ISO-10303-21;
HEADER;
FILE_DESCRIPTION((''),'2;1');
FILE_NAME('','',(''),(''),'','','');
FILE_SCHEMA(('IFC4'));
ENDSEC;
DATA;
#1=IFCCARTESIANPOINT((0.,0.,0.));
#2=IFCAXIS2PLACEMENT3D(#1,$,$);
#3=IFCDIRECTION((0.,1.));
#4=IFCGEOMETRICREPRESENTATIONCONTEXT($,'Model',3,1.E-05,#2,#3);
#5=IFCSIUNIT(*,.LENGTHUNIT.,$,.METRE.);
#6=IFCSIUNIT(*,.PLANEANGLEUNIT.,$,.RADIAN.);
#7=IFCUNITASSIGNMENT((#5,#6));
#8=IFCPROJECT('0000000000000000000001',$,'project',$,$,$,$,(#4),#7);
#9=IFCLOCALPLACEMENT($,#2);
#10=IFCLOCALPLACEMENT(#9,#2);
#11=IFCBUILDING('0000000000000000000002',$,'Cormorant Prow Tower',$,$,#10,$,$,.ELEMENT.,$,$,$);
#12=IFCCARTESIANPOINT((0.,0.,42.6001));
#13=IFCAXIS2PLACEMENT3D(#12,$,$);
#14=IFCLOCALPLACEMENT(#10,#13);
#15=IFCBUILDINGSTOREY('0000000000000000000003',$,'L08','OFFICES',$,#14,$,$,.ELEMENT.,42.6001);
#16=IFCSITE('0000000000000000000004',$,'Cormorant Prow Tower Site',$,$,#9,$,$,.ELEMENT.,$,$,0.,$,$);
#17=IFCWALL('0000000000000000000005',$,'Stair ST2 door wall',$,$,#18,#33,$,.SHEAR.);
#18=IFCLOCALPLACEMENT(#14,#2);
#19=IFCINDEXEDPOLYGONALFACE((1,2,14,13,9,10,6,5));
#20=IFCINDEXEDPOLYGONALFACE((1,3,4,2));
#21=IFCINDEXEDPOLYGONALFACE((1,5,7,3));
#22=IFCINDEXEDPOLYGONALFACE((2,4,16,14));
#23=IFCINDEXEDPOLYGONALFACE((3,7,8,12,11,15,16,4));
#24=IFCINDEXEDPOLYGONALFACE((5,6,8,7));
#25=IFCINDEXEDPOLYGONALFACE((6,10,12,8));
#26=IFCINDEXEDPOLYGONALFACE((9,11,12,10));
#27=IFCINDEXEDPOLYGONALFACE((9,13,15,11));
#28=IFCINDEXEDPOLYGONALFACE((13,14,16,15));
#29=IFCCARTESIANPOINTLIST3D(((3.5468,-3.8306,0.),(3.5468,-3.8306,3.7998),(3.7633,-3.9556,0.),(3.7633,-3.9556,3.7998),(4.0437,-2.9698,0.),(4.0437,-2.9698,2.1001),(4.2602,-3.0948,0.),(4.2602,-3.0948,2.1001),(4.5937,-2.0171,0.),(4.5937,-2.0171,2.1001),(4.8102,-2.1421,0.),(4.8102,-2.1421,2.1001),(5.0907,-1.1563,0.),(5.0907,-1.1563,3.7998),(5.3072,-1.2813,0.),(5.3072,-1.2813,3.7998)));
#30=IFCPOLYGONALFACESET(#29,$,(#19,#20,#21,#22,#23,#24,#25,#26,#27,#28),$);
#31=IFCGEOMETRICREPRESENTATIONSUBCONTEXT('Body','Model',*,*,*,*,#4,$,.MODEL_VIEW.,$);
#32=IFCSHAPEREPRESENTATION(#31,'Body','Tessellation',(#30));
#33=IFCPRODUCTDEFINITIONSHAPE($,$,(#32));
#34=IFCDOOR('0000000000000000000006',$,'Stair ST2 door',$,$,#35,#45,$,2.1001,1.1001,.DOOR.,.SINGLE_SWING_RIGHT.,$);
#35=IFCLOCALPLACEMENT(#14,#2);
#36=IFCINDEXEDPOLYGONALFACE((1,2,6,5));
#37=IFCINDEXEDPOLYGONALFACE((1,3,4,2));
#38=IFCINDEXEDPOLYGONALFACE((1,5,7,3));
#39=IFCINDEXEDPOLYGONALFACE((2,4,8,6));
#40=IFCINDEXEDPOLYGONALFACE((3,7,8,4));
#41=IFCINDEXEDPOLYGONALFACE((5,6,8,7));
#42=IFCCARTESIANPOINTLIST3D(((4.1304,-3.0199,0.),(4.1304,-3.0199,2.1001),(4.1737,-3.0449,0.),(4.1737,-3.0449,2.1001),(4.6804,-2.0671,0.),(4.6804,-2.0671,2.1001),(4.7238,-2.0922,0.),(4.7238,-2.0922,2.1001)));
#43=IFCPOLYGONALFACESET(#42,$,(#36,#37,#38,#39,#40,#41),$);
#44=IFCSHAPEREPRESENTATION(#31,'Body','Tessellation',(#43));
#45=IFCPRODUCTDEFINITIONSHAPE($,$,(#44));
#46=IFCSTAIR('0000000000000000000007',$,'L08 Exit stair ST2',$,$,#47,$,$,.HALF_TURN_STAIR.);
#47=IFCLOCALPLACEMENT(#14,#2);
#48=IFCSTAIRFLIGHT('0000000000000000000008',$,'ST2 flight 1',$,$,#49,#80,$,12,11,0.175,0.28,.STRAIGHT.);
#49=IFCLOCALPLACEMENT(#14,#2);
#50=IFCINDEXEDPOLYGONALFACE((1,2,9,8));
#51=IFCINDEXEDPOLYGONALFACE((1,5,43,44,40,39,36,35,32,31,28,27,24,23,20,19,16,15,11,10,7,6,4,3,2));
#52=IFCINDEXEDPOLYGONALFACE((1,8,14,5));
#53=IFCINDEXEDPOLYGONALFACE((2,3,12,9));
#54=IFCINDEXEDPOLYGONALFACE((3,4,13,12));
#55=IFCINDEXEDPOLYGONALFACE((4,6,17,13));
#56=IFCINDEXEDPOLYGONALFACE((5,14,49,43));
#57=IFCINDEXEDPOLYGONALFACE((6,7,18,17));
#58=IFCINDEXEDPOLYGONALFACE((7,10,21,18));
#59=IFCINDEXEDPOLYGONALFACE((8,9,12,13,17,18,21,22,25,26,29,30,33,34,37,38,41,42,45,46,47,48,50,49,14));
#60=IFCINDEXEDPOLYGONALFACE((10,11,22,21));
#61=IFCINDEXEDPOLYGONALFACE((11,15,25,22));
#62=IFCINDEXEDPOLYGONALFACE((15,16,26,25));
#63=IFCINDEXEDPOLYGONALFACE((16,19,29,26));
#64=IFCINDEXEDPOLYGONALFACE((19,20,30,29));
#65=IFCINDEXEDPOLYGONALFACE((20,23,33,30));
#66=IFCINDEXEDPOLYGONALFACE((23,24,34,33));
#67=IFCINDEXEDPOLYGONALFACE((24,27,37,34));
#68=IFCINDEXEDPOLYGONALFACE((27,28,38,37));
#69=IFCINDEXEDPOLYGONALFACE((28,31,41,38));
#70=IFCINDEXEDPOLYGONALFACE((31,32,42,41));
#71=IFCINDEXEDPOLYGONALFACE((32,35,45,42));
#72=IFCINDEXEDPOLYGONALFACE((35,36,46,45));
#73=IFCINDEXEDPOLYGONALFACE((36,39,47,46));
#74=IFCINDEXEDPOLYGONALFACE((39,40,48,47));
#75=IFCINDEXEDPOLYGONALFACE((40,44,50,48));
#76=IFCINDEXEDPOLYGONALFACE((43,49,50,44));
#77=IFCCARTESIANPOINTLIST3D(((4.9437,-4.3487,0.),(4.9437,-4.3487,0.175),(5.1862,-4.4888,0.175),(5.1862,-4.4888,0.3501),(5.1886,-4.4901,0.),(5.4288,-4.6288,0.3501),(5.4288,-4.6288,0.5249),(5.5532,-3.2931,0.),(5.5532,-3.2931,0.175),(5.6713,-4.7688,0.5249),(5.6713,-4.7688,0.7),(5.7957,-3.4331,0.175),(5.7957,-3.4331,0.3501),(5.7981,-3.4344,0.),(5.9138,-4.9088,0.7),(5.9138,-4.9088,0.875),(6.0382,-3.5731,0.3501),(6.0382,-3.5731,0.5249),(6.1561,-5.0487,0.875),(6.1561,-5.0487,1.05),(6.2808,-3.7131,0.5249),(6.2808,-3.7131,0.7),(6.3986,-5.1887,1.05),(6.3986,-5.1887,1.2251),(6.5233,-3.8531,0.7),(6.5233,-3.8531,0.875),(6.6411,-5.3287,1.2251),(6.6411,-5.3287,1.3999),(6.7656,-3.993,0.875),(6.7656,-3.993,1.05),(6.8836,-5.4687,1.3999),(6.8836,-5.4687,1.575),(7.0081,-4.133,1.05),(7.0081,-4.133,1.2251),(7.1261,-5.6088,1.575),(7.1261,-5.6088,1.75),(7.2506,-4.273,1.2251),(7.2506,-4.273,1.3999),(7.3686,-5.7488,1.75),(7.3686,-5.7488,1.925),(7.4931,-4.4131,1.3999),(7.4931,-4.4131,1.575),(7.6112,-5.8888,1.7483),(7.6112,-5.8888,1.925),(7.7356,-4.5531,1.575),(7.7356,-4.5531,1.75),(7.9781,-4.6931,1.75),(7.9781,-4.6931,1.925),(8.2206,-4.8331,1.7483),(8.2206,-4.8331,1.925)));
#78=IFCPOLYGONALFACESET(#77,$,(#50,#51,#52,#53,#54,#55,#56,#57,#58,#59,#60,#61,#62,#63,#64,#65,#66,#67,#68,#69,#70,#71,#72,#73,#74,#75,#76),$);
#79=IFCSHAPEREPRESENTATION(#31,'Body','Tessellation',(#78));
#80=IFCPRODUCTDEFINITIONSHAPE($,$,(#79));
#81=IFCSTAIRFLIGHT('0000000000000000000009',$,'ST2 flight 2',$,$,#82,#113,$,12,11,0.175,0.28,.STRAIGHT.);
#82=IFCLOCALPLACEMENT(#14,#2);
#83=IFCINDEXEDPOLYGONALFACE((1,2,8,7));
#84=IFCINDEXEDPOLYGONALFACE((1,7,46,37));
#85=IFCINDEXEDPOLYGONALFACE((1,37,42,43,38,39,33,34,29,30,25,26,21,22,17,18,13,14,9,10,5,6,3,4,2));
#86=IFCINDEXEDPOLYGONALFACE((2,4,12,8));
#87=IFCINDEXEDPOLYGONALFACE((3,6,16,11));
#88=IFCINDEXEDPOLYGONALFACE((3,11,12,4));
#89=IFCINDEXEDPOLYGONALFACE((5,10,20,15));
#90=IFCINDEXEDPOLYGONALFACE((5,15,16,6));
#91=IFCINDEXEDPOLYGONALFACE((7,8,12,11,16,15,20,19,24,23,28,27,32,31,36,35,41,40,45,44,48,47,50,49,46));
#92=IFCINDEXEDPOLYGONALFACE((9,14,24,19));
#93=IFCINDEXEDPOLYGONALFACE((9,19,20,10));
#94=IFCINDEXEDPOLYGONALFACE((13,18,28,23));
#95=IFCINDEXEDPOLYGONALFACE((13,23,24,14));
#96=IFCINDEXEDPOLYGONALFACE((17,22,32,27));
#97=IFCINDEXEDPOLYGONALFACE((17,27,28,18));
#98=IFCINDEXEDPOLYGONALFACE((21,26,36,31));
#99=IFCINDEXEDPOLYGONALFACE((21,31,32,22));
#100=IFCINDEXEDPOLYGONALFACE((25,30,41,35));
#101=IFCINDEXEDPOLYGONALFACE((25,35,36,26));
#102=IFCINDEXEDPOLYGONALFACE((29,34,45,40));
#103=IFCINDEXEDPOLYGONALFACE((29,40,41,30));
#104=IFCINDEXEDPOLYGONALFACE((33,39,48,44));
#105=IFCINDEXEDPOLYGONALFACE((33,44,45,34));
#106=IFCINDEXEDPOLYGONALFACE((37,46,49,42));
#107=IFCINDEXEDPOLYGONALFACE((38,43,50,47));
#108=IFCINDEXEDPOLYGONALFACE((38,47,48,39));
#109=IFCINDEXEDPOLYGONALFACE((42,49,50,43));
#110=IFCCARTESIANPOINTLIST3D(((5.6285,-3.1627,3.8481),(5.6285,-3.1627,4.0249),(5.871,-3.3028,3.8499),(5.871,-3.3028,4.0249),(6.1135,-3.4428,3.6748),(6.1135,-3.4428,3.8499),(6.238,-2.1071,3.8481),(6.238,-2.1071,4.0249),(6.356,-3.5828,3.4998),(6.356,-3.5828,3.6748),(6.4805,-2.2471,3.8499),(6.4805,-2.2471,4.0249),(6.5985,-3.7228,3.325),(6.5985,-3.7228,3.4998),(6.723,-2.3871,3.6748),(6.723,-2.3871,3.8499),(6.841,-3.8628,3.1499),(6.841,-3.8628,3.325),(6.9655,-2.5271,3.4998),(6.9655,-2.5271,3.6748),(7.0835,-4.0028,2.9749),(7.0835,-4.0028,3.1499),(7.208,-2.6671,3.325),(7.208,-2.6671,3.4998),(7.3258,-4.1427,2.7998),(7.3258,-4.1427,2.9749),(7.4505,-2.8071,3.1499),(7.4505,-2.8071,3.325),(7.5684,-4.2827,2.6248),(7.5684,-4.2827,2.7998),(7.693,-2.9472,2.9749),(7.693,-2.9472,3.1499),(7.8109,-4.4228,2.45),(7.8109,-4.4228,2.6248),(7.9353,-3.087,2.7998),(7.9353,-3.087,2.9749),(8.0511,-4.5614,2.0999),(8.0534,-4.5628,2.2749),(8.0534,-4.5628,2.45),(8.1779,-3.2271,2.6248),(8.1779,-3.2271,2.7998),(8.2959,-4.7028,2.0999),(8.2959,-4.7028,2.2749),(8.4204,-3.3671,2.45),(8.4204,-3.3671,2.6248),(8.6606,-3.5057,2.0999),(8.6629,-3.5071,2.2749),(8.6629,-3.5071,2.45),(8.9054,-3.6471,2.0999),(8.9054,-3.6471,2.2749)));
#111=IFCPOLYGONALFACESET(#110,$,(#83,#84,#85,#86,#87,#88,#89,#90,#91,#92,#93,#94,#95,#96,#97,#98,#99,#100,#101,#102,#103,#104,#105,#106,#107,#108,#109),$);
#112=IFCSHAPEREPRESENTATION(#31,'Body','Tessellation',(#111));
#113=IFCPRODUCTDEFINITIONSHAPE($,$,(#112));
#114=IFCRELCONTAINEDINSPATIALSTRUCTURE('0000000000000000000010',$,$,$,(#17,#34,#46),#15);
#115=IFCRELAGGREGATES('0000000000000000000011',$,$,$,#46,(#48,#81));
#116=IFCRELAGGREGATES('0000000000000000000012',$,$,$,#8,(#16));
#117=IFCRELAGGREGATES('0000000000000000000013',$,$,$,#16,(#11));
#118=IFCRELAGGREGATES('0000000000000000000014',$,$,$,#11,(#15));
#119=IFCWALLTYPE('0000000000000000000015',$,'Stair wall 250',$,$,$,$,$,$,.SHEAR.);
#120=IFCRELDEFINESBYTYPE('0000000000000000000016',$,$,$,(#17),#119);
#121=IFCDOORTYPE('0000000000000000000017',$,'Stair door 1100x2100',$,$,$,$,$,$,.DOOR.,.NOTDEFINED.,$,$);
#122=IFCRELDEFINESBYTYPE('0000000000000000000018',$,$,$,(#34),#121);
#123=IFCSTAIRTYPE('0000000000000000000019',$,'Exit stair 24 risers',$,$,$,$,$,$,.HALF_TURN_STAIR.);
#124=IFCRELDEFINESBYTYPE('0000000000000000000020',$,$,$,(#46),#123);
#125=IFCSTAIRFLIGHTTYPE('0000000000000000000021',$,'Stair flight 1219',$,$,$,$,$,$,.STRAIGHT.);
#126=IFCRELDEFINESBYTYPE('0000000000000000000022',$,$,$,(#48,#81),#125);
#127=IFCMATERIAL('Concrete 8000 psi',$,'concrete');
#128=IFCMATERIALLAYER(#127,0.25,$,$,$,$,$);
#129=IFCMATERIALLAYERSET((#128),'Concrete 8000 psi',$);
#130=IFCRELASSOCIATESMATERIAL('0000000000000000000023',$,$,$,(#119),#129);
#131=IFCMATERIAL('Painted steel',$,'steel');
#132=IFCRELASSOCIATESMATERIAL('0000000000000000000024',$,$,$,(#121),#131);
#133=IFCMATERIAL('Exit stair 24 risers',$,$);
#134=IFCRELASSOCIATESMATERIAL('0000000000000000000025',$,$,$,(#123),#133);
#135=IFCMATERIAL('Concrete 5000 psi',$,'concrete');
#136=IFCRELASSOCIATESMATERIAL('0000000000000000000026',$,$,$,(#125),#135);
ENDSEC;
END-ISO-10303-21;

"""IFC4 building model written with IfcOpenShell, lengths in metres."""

from ifc_helpers import new_model, si_unit, direction, frame, frame_2d, origin, place, context, subcontext, project, spatial, polyline, rectangle, outline, extrude, material, layer, layer_set, type_object, element, fill, aggregate, save


model = new_model("IFC4")

# Units and contexts
model_context = context("Model", 3, precision=1e-05, world=origin(), true_north=direction((0.0, 1.0)))
body_context = subcontext(model_context, "Body", "Model", "MODEL_VIEW")
ifc_project = project(units=[si_unit("LENGTHUNIT", "METRE"), si_unit("PLANEANGLEUNIT", "RADIAN")], contexts=[model_context])

# Site, building, storey
site_placement = place(None, origin())
site = spatial("IfcSite", under=ifc_project, at=site_placement, Name="Cormorant Prow Tower Site", CompositionType="ELEMENT", RefElevation=0.0)
building_placement = place(site_placement, origin())
building = spatial("IfcBuilding", under=site, at=building_placement, Name="Cormorant Prow Tower", CompositionType="ELEMENT")
storey_placement = place(building_placement, frame((0.0, 0.0, 42.6001)))
storey = spatial("IfcBuildingStorey", under=building, at=storey_placement, Name="L08", Description="OFFICES", CompositionType="ELEMENT", Elevation=42.6001)

# Wall, opening, door
ifc_material_1 = material(Name="Concrete 8000 psi", Category="concrete")
ifc_layer_1 = layer(ifc_material_1, 0.25)
ifc_layer_set_1 = layer_set([ifc_layer_1], Name="Concrete 8000 psi")
wall_type_1 = type_object("IfcWallType", Name="Stair wall 250", PredefinedType="SHEAR", material=ifc_layer_set_1)
wall_1_placement = place(storey_placement, frame((3.655, -3.8931, 0.0), z_axis=(0.0, 0.0, 1.0), x_axis=(0.499983, 0.866035, 0.0)))
wall_1 = element("IfcWall", 1, at=wall_1_placement, inside=storey, type_object=wall_type_1, Name="Stair ST2 door wall", PredefinedType="SHEAR", context=body_context, shape_type="SweptSolid", body=[
    extrude(rectangle(XDim=3.0879, YDim=0.25, at=frame_2d((1.5439, 0.0))), origin(), (0.0, 0.0, 1.0), 3.7998),
])
opening_1_placement = place(wall_1_placement, frame((0.9939, 0.0, 0.0)))
opening_1 = element("IfcOpeningElement", 2, at=opening_1_placement, cuts=wall_1, PredefinedType="OPENING", context=body_context, shape_type="SweptSolid", body=[
    extrude(rectangle(XDim=1.1001, YDim=2.1001, at=frame_2d((0.55, 1.05))), frame((0.0, 0.135, 0.0), z_axis=(0.0, -1.0, 0.0), x_axis=(1.0, 0.0, 0.0)), (0.0, 0.0, 1.0), 0.27),
])
ifc_material_2 = material(Name="Painted steel", Category="steel")
door_type_1 = type_object("IfcDoorType", Name="Stair door 1100x2100", OperationType="NOTDEFINED", PredefinedType="DOOR", material=ifc_material_2)
door_1_placement = place(opening_1_placement, origin())
door_1 = element("IfcDoor", 3, at=door_1_placement, inside=storey, type_object=door_type_1, Name="Stair ST2 door", OperationType="SINGLE_SWING_RIGHT", OverallHeight=2.1001, OverallWidth=1.1001, PredefinedType="DOOR", context=body_context, shape_type="SweptSolid", body=[
    extrude(rectangle(XDim=1.1001, YDim=2.1001, at=frame_2d((0.55, 1.05))), frame((0.0, 0.0249, 0.0), z_axis=(0.0, -1.0, 0.0), x_axis=(1.0, 0.0, 0.0)), (0.0, 0.0, 1.0), 0.05),
])
fill(opening_1, door_1)

# Stair, stair flights
ifc_material_3 = material(Name="Exit stair 24 risers")
stair_type = type_object("IfcStairType", Name="Exit stair 24 risers", PredefinedType="HALF_TURN_STAIR", material=ifc_material_3)
stair_placement = place(storey_placement, origin())
stair = element("IfcStair", 4, at=stair_placement, inside=storey, type_object=stair_type, Name="L08 Exit stair ST2", PredefinedType="HALF_TURN_STAIR")
ifc_material_4 = material(Name="Concrete 5000 psi", Category="concrete")
stair_flight_type = type_object("IfcStairFlightType", Name="Stair flight 1219", PredefinedType="STRAIGHT", material=ifc_material_4)
stair_flight_1_placement = place(storey_placement, frame((5.2485, -3.8208, 0.0), z_axis=(0.0, 0.0, 1.0), x_axis=(0.866025, -0.5, 0.0)))
stair_flight_1 = element("IfcStairFlight", 5, at=stair_flight_1_placement, type_object=stair_flight_type, Name="ST2 flight 1", NumberOfRisers=12, NumberOfTreads=11, PredefinedType="STRAIGHT", RiserHeight=0.175, TreadLength=0.28, context=body_context, shape_type="SweptSolid", body=[
    extrude(outline(polyline([(0.0, 0.0), (0.0, 0.175), (0.28, 0.175), (0.28, 0.3501), (0.5601, 0.3501), (0.5601, 0.5249), (0.8401, 0.5249), (0.8401, 0.7), (1.1201, 0.7), (1.1201, 0.875), (1.3999, 0.875), (1.3999, 1.05), (1.6799, 1.05), (1.6799, 1.2251), (1.96, 1.2251), (1.96, 1.3999), (2.24, 1.3999), (2.24, 1.575), (2.52, 1.575), (2.52, 1.75), (2.8, 1.75), (2.8, 1.925), (3.0801, 1.925), (3.0801, 2.1001), (3.0801, 1.7483), (0.2827, 0.0), (0.0, 0.0)])), frame((0.0, 0.6094, 0.0), z_axis=(0.0, -1.0, 0.0), x_axis=(1.0, 0.0, 0.0)), (0.0, 0.0, 1.0), 1.219),
])
stair_flight_2_placement = place(storey_placement, frame((8.6006, -4.175, 2.0999), z_axis=(0.0, 0.0, 1.0), x_axis=(-0.866025, 0.5, 0.0)))
stair_flight_2 = element("IfcStairFlight", 6, at=stair_flight_2_placement, type_object=stair_flight_type, Name="ST2 flight 2", NumberOfRisers=12, NumberOfTreads=11, PredefinedType="STRAIGHT", RiserHeight=0.175, TreadLength=0.28, context=body_context, shape_type="SweptSolid", body=[
    extrude(outline(polyline([(0.0, 0.0), (0.0, 0.175), (0.28, 0.175), (0.28, 0.3501), (0.5601, 0.3501), (0.5601, 0.5249), (0.8401, 0.5249), (0.8401, 0.7), (1.1201, 0.7), (1.1201, 0.875), (1.3999, 0.875), (1.3999, 1.05), (1.6799, 1.05), (1.6799, 1.2251), (1.96, 1.2251), (1.96, 1.3999), (2.24, 1.3999), (2.24, 1.575), (2.52, 1.575), (2.52, 1.75), (2.8, 1.75), (2.8, 1.925), (3.0801, 1.925), (3.0801, 2.1001), (3.0801, 1.7483), (0.2827, 0.0), (0.0, 0.0)])), frame((0.0, 0.6094, 0.0), z_axis=(0.0, -1.0, 0.0), x_axis=(1.0, 0.0, 0.0)), (0.0, 0.0, 1.0), 1.219),
])
aggregate(stair, [stair_flight_1, stair_flight_2])

save(model, "model.ifc")
